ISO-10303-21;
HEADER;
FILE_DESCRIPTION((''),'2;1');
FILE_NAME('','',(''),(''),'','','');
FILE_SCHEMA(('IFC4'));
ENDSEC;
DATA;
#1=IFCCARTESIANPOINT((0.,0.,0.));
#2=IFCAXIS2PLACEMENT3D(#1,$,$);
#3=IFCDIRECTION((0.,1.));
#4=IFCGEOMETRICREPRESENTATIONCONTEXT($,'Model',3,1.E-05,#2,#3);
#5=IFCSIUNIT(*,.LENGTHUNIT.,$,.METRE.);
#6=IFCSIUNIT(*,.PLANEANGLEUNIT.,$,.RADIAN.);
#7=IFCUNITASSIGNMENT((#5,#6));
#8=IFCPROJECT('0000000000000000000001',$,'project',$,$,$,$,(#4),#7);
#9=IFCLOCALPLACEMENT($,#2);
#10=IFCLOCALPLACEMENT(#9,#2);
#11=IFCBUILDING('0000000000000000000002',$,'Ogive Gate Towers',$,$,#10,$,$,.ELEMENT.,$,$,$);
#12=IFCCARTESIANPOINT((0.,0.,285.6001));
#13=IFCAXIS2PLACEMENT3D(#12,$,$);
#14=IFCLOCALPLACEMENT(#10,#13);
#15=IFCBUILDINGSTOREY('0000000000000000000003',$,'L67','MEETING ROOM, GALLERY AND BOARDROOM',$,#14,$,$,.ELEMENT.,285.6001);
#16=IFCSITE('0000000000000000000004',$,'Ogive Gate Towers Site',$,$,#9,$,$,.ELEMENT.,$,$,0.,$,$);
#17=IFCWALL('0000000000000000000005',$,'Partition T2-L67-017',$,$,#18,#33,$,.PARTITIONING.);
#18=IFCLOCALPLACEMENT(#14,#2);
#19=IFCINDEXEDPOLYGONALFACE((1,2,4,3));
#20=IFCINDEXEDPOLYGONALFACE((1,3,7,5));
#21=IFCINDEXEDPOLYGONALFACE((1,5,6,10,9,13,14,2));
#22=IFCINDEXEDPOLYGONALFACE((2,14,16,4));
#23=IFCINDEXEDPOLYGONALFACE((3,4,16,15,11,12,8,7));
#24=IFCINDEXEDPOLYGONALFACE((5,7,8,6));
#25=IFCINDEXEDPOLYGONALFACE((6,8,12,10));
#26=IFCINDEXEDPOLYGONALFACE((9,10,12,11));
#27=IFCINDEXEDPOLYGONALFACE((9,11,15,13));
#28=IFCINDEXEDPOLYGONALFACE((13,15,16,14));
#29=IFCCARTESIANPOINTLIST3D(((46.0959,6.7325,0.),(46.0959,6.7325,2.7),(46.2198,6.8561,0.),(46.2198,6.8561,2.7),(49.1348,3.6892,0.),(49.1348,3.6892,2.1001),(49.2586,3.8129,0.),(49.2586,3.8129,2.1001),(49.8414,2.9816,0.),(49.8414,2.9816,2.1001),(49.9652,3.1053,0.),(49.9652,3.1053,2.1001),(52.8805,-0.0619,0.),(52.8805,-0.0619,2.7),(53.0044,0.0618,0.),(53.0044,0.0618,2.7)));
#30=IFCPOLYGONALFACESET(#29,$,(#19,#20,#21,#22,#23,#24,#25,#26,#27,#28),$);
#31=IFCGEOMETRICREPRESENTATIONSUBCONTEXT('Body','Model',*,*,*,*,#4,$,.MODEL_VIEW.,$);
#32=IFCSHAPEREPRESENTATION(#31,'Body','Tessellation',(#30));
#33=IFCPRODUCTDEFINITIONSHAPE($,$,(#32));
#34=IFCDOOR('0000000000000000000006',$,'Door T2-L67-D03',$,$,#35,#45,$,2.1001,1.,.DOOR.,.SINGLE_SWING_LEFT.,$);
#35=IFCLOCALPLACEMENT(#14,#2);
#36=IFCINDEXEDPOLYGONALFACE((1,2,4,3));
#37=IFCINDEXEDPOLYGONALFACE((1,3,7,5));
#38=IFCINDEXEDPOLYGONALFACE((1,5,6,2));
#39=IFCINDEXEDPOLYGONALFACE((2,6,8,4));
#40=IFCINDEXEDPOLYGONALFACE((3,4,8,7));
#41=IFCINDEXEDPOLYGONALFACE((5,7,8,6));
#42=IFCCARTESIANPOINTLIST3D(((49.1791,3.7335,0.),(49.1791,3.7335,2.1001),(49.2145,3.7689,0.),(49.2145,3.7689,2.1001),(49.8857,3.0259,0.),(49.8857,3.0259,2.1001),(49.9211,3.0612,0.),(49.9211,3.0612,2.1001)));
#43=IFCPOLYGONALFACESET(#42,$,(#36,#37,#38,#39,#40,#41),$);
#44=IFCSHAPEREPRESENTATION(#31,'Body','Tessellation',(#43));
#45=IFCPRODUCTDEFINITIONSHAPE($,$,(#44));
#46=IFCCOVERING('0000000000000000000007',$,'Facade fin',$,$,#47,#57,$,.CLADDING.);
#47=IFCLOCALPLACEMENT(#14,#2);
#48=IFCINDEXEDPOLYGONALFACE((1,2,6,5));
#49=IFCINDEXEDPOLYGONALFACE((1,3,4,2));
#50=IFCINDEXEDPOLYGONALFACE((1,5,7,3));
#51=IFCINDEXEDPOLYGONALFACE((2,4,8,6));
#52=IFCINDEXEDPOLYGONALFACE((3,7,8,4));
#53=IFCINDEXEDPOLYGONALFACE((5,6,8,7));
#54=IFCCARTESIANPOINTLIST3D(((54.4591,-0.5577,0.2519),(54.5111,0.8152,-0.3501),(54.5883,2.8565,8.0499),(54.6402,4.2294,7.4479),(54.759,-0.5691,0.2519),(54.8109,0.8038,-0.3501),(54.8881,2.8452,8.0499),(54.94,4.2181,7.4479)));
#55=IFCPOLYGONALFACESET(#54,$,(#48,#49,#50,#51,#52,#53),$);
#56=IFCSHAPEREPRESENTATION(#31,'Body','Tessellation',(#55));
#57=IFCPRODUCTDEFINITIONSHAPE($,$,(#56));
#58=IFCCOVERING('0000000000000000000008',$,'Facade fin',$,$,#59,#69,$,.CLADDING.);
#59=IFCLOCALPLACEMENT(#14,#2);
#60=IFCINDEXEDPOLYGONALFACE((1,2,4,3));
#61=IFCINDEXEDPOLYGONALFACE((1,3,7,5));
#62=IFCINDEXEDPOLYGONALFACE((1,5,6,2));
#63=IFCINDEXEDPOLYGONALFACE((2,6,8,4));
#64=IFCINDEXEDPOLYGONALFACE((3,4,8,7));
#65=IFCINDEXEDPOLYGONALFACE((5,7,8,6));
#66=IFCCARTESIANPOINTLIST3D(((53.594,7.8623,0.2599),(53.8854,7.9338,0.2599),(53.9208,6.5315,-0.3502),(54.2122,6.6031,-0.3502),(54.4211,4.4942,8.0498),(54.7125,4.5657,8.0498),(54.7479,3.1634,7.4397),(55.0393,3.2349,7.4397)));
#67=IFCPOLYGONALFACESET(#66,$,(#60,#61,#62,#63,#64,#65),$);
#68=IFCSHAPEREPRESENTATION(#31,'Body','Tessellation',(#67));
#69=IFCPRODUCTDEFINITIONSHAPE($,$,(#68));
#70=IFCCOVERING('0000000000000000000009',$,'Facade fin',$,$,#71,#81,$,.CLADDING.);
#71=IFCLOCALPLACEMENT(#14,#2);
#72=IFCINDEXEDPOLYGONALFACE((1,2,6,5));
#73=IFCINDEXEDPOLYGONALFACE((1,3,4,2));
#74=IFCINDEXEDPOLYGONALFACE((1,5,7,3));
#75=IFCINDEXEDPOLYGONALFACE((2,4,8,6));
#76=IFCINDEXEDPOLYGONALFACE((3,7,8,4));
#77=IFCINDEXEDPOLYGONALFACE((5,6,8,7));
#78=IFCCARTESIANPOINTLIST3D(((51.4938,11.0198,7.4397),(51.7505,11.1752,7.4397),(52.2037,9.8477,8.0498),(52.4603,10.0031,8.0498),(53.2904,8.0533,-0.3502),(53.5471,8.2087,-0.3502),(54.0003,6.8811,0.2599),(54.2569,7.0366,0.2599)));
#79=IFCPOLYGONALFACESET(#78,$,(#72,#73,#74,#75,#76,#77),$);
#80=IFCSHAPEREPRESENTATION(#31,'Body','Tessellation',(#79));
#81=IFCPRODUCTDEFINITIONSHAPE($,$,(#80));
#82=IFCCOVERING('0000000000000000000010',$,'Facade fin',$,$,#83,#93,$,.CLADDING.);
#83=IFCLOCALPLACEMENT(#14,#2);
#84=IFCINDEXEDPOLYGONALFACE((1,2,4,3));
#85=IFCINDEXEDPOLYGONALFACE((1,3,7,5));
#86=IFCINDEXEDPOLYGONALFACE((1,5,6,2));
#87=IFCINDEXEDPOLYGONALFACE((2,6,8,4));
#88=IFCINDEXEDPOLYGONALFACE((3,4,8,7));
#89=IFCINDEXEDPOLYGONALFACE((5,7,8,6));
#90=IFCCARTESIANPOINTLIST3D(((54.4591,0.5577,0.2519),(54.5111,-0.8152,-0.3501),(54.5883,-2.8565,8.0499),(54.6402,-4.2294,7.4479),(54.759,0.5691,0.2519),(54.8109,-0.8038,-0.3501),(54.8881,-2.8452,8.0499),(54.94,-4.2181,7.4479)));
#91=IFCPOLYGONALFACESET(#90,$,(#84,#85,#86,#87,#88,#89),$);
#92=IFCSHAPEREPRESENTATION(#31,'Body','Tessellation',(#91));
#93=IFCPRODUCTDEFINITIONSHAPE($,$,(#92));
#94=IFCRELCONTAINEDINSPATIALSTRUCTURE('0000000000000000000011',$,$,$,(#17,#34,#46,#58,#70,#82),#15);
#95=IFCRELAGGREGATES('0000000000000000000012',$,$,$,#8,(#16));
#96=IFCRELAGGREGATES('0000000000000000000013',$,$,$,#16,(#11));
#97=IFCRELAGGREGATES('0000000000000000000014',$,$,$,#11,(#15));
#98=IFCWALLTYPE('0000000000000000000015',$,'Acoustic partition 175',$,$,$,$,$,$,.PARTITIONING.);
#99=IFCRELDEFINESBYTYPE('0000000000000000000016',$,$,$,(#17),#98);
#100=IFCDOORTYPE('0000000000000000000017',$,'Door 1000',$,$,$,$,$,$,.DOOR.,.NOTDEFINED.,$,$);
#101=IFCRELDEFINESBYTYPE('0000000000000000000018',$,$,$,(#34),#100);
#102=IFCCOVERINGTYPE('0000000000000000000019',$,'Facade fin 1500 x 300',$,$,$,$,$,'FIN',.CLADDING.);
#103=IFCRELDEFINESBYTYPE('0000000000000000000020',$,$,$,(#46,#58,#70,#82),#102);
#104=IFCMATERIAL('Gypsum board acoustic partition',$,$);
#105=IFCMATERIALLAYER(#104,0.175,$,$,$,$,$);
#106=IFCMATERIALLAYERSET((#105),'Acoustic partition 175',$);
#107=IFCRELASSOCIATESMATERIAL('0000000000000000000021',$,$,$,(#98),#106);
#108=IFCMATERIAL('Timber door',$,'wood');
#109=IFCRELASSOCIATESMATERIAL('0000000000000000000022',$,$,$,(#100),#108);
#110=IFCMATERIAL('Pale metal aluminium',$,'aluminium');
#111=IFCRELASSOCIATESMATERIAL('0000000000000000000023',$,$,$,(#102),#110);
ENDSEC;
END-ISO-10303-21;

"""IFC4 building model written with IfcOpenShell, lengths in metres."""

from ifc_helpers import new_model, si_unit, direction, frame, frame_2d, origin, origin_2d, place, context, subcontext, project, spatial, rectangle, extrude, material, layer, layer_set, material_profile, profile_set, type_object, element, fill, save


model = new_model("IFC4")

# Units and contexts
model_context = context("Model", 3, precision=1e-05, world=origin(), true_north=direction((0.0, 1.0)))
body_context = subcontext(model_context, "Body", "Model", "MODEL_VIEW")
ifc_project = project(units=[si_unit("LENGTHUNIT", "METRE"), si_unit("PLANEANGLEUNIT", "RADIAN")], contexts=[model_context])

# Site, building, storey
site_placement = place(None, origin())
site = spatial("IfcSite", under=ifc_project, at=site_placement, Name="Ogive Gate Towers Site", CompositionType="ELEMENT", RefElevation=0.0)
building_placement = place(site_placement, origin())
building = spatial("IfcBuilding", under=site, at=building_placement, Name="Ogive Gate Towers", CompositionType="ELEMENT")
storey_placement = place(building_placement, frame((0.0, 0.0, 285.6001)))
storey = spatial("IfcBuildingStorey", under=building, at=storey_placement, Name="L67", Description="MEETING ROOM, GALLERY AND BOARDROOM", CompositionType="ELEMENT", Elevation=285.6001)

# Shared definitions
ifc_material_1 = material(Name="Pale metal aluminium", Category="aluminium")

# Wall, opening, door
ifc_material_2 = material(Name="Gypsum board acoustic partition")
ifc_layer_1 = layer(ifc_material_2, 0.175)
ifc_layer_set_1 = layer_set([ifc_layer_1], Name="Acoustic partition 175")
wall_type = type_object("IfcWallType", Name="Acoustic partition 175", PredefinedType="PARTITIONING", material=ifc_layer_set_1)
wall_placement = place(storey_placement, frame((52.9424, 0.0, 0.0), z_axis=(0.0, 0.0, 1.0), x_axis=(-0.706598, 0.707615, 0.0)))
wall = element("IfcWall", 1, at=wall_placement, inside=storey, type_object=wall_type, Name="Partition T2-L67-017", PredefinedType="PARTITIONING", context=body_context, shape_type="SweptSolid", body=[
    extrude(rectangle(XDim=9.6018, YDim=0.175, at=frame_2d((4.8008, 0.0))), origin(), (0.0, 0.0, 1.0), 2.7),
])
opening_placement = place(wall_placement, frame((4.301, 0.0, 0.0)))
opening = element("IfcOpeningElement", 2, at=opening_placement, cuts=wall, PredefinedType="OPENING", context=body_context, shape_type="SweptSolid", body=[
    extrude(rectangle(XDim=1.0, YDim=2.1001, at=frame_2d((0.5, 1.05))), frame((0.0, 0.0977, 0.0), z_axis=(0.0, -1.0, 0.0), x_axis=(1.0, 0.0, 0.0)), (0.0, 0.0, 1.0), 0.1951),
])
ifc_material_3 = material(Name="Timber door", Category="wood")
door_type = type_object("IfcDoorType", Name="Door 1000", OperationType="NOTDEFINED", PredefinedType="DOOR", material=ifc_material_3)
door_placement = place(opening_placement, origin())
door = element("IfcDoor", 3, at=door_placement, inside=storey, type_object=door_type, Name="Door T2-L67-D03", OperationType="SINGLE_SWING_LEFT", OverallHeight=2.1001, OverallWidth=1.0, PredefinedType="DOOR", context=body_context, shape_type="SweptSolid", body=[
    extrude(rectangle(XDim=1.0, YDim=2.1001, at=frame_2d((0.5, 1.05))), frame((0.0, 0.0249, 0.0), z_axis=(0.0, -1.0, 0.0), x_axis=(1.0, 0.0, 0.0)), (0.0, 0.0, 1.0), 0.05),
])
fill(opening, door)

# Coverings
ifc_material_profile_1 = material_profile(ifc_material_1, rectangle(XDim=0.3, YDim=1.5, at=origin_2d()), Name="1500 x 300 pale metal aluminium")
ifc_profile_set_1 = profile_set([ifc_material_profile_1], Name="Pale metal aluminium")
covering_type = type_object("IfcCoveringType", Name="Facade fin 1500 x 300", ElementType="FIN", PredefinedType="CLADDING", material=ifc_profile_set_1)
covering_1_placement = place(storey_placement, frame((54.635, 0.123, -0.0491), z_axis=(0.01517, 0.401033, 0.915938), x_axis=(-0.999285, 0.037799, 0.0)))
element("IfcCovering", 4, at=covering_1_placement, inside=storey, type_object=covering_type, Name="Facade fin", PredefinedType="CLADDING", context=body_context, shape_type="SweptSolid", body=[
    extrude(rectangle(XDim=0.3, YDim=1.5, at=origin_2d()), origin(), (0.0, 0.0, 1.0), 8.5137),
])
for number, where, z_axis, x_axis, name in (
    (5, (53.9031, 7.2327, -0.0452), (0.097001, -0.39499, 0.91355), (0.971144, 0.238492, 0.0), "Facade fin"),
    (6, (53.7737, 7.5449, -0.0452), (-0.210694, 0.347893, 0.913553), (-0.855361, -0.518032, 0.0), "Facade fin"),
):
    element("IfcCovering", number, at=place(storey_placement, frame(where, z_axis=z_axis, x_axis=x_axis)), inside=storey, type_object=covering_type, Name=name, PredefinedType="CLADDING", context=body_context, shape_type="SweptSolid", body=[
        extrude(rectangle(XDim=0.3, YDim=1.5, at=origin_2d()), origin(), (0.0, 0.0, 1.0), 8.5271),
    ])
covering_2_placement = place(storey_placement, frame((54.635, -0.123, -0.0491), z_axis=(0.01517, -0.401033, 0.915938), x_axis=(0.999285, 0.037799, 0.0)))
element("IfcCovering", 7, at=covering_2_placement, inside=storey, type_object=covering_type, Name="Facade fin", PredefinedType="CLADDING", context=body_context, shape_type="SweptSolid", body=[
    extrude(rectangle(XDim=0.3, YDim=1.5, at=origin_2d()), origin(), (0.0, 0.0, 1.0), 8.5137),
])

save(model, "model.ifc")
